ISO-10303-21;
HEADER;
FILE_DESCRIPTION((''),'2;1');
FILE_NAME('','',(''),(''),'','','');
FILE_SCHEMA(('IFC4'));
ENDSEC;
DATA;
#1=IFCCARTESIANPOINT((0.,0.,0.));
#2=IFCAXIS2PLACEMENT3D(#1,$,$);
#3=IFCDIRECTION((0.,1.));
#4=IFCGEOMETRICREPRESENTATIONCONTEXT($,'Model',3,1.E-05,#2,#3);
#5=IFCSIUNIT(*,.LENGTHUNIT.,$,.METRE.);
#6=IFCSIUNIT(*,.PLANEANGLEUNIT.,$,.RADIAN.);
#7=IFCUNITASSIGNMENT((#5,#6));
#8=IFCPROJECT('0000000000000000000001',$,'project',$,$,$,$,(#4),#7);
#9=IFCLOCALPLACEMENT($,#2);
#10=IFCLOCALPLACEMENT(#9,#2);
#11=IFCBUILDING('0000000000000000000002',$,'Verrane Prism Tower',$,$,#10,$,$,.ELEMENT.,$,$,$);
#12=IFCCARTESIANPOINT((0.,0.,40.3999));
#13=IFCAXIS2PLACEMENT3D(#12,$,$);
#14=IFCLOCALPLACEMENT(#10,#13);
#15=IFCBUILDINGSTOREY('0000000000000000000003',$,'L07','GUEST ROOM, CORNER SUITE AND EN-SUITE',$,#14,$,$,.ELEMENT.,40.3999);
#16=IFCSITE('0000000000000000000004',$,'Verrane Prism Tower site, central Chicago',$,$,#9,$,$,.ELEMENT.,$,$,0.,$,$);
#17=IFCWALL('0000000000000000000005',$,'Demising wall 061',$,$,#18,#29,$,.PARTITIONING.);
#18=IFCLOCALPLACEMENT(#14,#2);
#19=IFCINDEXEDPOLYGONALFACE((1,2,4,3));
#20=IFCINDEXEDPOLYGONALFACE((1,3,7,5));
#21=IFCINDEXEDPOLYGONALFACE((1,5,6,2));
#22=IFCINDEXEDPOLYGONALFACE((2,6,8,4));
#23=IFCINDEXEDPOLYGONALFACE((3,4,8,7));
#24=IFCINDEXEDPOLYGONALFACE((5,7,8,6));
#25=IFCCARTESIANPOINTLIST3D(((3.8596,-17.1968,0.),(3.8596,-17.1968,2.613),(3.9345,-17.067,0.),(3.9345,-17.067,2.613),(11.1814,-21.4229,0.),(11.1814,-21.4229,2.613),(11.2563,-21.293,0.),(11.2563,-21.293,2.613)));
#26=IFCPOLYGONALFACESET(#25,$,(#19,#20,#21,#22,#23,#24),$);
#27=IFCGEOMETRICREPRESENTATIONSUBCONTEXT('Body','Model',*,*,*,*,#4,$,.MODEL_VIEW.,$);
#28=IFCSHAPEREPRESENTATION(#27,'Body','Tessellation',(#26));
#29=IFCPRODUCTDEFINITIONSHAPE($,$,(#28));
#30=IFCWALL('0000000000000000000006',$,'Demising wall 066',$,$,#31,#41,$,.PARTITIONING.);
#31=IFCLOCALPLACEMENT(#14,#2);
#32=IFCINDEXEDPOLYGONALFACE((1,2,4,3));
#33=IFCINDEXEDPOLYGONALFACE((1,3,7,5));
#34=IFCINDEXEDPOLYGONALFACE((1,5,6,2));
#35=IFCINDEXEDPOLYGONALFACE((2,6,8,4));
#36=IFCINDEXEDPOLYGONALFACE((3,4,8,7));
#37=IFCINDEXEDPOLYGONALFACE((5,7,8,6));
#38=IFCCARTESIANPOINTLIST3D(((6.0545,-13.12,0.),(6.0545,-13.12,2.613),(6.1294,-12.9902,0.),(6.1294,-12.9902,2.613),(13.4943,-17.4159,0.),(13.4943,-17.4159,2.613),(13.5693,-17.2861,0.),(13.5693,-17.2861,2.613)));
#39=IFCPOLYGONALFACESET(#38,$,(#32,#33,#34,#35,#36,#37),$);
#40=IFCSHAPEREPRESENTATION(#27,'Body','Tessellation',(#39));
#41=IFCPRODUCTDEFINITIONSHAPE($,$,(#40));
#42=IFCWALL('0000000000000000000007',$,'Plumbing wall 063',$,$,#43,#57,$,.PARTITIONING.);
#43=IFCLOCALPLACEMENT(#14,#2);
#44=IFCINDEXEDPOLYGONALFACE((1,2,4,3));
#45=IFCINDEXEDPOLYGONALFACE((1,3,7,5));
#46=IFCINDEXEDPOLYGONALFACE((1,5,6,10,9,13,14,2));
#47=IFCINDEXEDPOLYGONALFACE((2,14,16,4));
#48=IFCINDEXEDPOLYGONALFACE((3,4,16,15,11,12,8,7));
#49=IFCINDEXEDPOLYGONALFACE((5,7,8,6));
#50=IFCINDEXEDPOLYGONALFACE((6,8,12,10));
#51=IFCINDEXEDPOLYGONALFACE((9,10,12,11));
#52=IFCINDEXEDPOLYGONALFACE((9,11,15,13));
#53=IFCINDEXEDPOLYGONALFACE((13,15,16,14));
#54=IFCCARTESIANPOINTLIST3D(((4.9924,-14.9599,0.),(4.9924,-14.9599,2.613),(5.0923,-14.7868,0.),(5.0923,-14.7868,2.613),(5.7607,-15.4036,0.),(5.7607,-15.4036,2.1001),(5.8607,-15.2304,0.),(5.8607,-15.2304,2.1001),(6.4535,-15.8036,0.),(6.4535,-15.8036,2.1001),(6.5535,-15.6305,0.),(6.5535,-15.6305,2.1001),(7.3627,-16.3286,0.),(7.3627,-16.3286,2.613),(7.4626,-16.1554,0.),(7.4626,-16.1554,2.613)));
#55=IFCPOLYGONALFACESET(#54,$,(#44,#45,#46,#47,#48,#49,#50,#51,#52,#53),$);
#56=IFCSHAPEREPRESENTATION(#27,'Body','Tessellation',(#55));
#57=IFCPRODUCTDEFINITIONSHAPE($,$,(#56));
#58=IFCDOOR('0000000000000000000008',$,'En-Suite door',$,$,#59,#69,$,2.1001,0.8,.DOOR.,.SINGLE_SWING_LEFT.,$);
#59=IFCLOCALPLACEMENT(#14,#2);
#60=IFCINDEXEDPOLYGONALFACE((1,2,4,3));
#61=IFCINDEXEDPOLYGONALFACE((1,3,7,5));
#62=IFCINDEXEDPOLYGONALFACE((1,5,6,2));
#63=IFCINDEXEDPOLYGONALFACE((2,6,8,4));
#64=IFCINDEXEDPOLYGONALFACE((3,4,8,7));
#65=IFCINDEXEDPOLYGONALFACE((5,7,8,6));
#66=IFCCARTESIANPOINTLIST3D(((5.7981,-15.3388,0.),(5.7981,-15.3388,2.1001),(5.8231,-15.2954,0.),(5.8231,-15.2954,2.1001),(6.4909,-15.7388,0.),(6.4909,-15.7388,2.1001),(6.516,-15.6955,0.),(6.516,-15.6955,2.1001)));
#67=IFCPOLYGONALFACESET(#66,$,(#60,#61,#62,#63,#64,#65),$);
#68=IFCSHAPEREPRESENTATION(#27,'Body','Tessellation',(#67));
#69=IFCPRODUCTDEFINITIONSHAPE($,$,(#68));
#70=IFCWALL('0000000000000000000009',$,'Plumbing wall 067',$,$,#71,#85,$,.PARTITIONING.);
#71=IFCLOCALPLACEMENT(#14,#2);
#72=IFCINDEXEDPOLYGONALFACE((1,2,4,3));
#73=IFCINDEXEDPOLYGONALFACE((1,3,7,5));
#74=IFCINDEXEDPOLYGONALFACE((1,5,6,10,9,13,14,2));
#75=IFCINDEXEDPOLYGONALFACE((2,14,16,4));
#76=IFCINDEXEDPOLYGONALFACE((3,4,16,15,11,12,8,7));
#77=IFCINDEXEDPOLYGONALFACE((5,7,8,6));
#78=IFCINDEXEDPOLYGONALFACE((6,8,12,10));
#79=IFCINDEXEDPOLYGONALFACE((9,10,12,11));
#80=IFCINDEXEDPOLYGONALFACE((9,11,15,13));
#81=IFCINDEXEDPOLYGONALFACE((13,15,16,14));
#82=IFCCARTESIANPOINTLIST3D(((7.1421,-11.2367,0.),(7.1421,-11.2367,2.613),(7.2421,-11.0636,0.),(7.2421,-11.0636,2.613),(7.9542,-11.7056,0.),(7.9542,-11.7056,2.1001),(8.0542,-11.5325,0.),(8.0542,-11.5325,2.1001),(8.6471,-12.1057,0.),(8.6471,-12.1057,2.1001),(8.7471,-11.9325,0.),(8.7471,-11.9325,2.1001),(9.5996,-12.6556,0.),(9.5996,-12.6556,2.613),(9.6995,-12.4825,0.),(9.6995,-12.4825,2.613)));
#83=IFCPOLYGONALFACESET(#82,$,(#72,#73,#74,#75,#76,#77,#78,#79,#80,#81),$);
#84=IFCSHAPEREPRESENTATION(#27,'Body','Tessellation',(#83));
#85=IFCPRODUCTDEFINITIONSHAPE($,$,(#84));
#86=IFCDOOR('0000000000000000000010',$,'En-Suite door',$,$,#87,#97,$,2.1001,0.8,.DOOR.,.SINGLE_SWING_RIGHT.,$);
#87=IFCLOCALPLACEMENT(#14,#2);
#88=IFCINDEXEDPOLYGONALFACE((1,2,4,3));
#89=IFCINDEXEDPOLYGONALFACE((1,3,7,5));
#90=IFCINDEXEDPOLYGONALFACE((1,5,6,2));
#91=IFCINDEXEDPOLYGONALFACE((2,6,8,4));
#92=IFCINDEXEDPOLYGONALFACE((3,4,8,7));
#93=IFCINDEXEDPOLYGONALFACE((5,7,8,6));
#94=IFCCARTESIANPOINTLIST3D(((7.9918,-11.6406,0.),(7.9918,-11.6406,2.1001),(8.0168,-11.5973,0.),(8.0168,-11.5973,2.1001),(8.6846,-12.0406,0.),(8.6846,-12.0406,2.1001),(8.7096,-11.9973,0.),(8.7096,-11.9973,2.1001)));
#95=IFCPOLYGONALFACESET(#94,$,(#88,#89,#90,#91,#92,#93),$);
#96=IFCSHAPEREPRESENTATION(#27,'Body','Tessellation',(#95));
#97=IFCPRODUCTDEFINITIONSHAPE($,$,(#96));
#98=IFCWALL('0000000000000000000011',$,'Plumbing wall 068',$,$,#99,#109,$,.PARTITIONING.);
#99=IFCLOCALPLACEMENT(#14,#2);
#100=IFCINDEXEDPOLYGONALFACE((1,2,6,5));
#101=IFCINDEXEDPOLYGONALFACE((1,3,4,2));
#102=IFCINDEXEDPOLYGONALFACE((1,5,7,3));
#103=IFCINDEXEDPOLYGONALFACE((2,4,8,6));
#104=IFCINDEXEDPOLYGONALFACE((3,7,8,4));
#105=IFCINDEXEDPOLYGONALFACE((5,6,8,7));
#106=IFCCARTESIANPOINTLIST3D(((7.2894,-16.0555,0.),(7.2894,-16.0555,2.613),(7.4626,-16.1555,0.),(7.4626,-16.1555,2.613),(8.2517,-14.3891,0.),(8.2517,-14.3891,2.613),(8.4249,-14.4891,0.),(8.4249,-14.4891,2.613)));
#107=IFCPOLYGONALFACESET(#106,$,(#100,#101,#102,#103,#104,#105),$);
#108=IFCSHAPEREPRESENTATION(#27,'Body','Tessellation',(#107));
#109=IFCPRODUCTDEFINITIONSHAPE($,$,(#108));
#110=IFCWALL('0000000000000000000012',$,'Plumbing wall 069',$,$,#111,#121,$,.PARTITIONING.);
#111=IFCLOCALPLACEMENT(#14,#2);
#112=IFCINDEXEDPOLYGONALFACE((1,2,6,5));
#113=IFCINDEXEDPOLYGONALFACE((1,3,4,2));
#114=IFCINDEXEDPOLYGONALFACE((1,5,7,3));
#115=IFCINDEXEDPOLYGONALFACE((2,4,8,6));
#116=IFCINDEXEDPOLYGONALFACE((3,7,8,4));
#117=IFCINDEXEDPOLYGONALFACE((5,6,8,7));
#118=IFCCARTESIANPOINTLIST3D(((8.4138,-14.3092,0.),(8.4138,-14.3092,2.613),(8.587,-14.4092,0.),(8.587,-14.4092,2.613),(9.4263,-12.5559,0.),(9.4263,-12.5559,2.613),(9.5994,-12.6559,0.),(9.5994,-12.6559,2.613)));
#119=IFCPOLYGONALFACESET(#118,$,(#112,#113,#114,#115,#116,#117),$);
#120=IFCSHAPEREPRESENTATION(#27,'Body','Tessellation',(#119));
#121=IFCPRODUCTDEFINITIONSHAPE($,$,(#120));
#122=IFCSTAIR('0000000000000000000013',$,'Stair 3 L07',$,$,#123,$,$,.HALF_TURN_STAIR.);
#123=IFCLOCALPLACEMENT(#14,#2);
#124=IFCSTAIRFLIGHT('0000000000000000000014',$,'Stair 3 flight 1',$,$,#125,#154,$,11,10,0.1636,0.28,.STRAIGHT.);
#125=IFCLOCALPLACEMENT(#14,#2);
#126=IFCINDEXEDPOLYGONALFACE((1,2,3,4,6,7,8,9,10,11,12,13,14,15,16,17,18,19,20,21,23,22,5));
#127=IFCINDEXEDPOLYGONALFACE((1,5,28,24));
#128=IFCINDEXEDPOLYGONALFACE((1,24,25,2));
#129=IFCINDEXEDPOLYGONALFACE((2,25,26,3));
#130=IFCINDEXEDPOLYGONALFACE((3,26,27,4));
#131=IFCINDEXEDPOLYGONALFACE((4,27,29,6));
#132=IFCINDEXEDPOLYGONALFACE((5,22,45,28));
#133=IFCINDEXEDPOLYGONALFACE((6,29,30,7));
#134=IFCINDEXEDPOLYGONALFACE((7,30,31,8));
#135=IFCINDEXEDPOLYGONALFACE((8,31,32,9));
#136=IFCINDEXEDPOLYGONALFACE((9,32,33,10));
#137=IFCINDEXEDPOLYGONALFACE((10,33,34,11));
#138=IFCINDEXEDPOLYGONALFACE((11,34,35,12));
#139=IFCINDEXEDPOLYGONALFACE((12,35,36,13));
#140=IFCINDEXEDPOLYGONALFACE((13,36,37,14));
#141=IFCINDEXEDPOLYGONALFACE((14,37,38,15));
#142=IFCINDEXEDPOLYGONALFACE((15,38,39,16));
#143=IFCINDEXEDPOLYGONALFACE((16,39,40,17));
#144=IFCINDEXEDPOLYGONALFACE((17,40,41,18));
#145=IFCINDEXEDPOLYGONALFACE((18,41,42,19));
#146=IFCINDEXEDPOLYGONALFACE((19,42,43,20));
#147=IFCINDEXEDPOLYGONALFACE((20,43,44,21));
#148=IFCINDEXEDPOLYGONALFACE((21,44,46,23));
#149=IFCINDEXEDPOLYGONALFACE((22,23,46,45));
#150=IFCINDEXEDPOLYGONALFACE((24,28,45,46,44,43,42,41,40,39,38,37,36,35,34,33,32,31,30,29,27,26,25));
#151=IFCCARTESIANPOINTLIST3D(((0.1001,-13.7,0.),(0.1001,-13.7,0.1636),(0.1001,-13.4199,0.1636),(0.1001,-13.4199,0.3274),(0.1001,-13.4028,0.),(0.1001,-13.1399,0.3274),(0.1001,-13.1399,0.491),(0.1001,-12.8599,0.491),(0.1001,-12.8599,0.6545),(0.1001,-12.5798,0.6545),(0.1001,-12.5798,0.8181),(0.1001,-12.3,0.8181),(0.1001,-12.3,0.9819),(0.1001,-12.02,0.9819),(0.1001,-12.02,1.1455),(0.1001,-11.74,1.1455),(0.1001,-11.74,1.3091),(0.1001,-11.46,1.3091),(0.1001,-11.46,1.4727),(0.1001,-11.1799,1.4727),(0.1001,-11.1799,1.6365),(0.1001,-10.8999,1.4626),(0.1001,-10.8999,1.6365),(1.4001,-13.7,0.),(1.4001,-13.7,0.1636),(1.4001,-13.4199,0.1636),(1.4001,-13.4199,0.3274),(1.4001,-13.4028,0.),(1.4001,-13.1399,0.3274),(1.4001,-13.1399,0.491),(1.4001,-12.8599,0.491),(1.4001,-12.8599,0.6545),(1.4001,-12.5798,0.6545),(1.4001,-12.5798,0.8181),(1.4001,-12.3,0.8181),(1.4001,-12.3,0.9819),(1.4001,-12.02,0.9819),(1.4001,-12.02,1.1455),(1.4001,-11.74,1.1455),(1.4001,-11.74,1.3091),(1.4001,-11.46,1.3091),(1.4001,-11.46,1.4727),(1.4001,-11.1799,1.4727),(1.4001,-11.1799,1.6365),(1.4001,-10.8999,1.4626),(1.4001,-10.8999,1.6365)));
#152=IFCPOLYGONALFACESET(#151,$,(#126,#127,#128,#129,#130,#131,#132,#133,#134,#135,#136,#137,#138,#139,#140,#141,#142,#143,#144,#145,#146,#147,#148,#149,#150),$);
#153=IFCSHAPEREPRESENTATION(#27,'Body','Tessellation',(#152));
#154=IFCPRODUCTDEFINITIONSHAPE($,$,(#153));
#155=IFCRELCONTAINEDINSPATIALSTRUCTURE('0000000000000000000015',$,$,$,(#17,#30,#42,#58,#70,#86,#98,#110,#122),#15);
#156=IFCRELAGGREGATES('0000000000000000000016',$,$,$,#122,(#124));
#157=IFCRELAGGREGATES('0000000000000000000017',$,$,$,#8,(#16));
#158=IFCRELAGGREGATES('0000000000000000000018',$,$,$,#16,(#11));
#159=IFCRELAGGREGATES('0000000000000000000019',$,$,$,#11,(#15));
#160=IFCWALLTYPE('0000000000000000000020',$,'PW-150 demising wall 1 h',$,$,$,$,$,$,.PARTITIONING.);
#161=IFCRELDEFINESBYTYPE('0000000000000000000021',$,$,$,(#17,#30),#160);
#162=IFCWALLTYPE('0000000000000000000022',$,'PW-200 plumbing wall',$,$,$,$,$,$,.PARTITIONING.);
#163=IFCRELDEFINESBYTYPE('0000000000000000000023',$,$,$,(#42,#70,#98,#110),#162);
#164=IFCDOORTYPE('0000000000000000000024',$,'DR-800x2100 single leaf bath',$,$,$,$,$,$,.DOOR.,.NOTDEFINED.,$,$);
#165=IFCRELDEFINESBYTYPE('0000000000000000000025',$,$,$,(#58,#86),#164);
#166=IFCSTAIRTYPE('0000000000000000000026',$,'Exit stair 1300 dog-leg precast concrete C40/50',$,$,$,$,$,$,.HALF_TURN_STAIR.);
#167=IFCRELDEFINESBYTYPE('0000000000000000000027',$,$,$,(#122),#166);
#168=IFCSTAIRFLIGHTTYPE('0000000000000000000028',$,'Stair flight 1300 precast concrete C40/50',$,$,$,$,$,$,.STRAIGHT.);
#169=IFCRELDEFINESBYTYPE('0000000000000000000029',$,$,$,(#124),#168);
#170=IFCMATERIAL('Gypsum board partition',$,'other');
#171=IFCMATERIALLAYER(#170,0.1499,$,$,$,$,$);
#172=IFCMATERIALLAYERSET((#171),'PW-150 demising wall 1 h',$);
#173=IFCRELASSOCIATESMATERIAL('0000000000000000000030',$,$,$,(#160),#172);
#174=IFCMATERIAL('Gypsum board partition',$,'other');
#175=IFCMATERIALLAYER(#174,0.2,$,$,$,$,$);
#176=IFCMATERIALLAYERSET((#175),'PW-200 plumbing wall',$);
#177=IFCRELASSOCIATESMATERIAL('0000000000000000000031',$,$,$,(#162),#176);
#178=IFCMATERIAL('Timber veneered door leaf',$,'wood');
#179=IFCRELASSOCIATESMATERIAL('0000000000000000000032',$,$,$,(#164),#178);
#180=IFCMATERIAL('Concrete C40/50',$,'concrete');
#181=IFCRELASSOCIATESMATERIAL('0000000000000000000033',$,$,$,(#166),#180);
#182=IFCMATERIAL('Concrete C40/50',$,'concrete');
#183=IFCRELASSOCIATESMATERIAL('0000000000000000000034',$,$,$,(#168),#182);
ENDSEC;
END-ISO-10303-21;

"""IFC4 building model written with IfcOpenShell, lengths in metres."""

from ifc_helpers import new_model, si_unit, direction, frame, frame_2d, origin, place, context, subcontext, project, spatial, polyline, rectangle, outline, extrude, material, layer, layer_set, type_object, element, fill, aggregate, save


model = new_model("IFC4")

# Units and contexts
model_context = context("Model", 3, precision=1e-05, world=origin(), true_north=direction((0.0, 1.0)))
body_context = subcontext(model_context, "Body", "Model", "MODEL_VIEW")
ifc_project = project(units=[si_unit("LENGTHUNIT", "METRE"), si_unit("PLANEANGLEUNIT", "RADIAN")], contexts=[model_context])

# Site, building, storey
site_placement = place(None, origin())
site = spatial("IfcSite", under=ifc_project, at=site_placement, Name="Verrane Prism Tower site, central Chicago", CompositionType="ELEMENT", RefElevation=0.0)
building_placement = place(site_placement, origin())
building = spatial("IfcBuilding", under=site, at=building_placement, Name="Verrane Prism Tower", CompositionType="ELEMENT")
storey_placement = place(building_placement, frame((0.0, 0.0, 40.3999)))
storey = spatial("IfcBuildingStorey", under=building, at=storey_placement, Name="L07", Description="GUEST ROOM, CORNER SUITE AND EN-SUITE", CompositionType="ELEMENT", Elevation=40.3999)

# Walls
ifc_material_1 = material(Name="Gypsum board partition", Category="other")
ifc_layer_1 = layer(ifc_material_1, 0.1499)
ifc_layer_set_1 = layer_set([ifc_layer_1], Name="PW-150 demising wall 1 h")
wall_type_1 = type_object("IfcWallType", Name="PW-150 demising wall 1 h", PredefinedType="PARTITIONING", material=ifc_layer_set_1)
wall_1_placement = place(storey_placement, frame((3.897, -17.1318, 0.0), z_axis=(0.0, 0.0, 1.0), x_axis=(0.866085, -0.499897, 0.0)))
element("IfcWall", 1, at=wall_1_placement, inside=storey, type_object=wall_type_1, Name="Demising wall 061", PredefinedType="PARTITIONING", context=body_context, shape_type="SweptSolid", body=[
    extrude(rectangle(XDim=8.4539, YDim=0.1499, at=frame_2d((4.2271, 0.0))), origin(), (0.0, 0.0, 1.0), 2.613),
])
wall_2_placement = place(storey_placement, frame((6.092, -13.0552, 0.0), z_axis=(0.0, 0.0, 1.0), x_axis=(0.866003, -0.500039, 0.0)))
element("IfcWall", 2, at=wall_2_placement, inside=storey, type_object=wall_type_1, Name="Demising wall 066", PredefinedType="PARTITIONING", context=body_context, shape_type="SweptSolid", body=[
    extrude(rectangle(XDim=8.5911, YDim=0.1499, at=frame_2d((4.2954, 0.0))), origin(), (0.0, 0.0, 1.0), 2.613),
])

# Walls, openings, doors
ifc_material_2 = material(Name="Gypsum board partition", Category="other")
ifc_layer_2 = layer(ifc_material_2, 0.2)
ifc_layer_set_2 = layer_set([ifc_layer_2], Name="PW-200 plumbing wall")
wall_type_2 = type_object("IfcWallType", Name="PW-200 plumbing wall", PredefinedType="PARTITIONING", material=ifc_layer_set_2)
wall_3_placement = place(storey_placement, frame((5.0422, -14.8733, 0.0), z_axis=(0.0, 0.0, 1.0), x_axis=(0.866006, -0.500034, 0.0)))
wall_3 = element("IfcWall", 3, at=wall_3_placement, inside=storey, type_object=wall_type_2, Name="Plumbing wall 063", PredefinedType="PARTITIONING", context=body_context, shape_type="SweptSolid", body=[
    extrude(rectangle(XDim=2.7371, YDim=0.2, at=frame_2d((1.3687, 0.0))), origin(), (0.0, 0.0, 1.0), 2.613),
])
opening_1_placement = place(wall_3_placement, frame((0.8875, 0.0, 0.0)))
opening_1 = element("IfcOpeningElement", 4, at=opening_1_placement, cuts=wall_3, PredefinedType="OPENING", context=body_context, shape_type="SweptSolid", body=[
    extrude(rectangle(XDim=0.8, YDim=2.1001, at=frame_2d((0.3999, 1.05))), frame((0.0, 0.1099, 0.0), z_axis=(0.0, -1.0, 0.0), x_axis=(1.0, 0.0, 0.0)), (0.0, 0.0, 1.0), 0.22),
])
ifc_material_3 = material(Name="Timber veneered door leaf", Category="wood")
door_type_1 = type_object("IfcDoorType", Name="DR-800x2100 single leaf bath", OperationType="NOTDEFINED", PredefinedType="DOOR", material=ifc_material_3)
door_1_placement = place(opening_1_placement, origin())
door_1 = element("IfcDoor", 5, at=door_1_placement, inside=storey, type_object=door_type_1, Name="En-Suite door", OperationType="SINGLE_SWING_LEFT", OverallHeight=2.1001, OverallWidth=0.8, PredefinedType="DOOR", context=body_context, shape_type="SweptSolid", body=[
    extrude(rectangle(XDim=0.8, YDim=2.1001, at=frame_2d((0.3999, 1.05))), frame((0.0, 0.0249, 0.0), z_axis=(0.0, -1.0, 0.0), x_axis=(1.0, 0.0, 0.0)), (0.0, 0.0, 1.0), 0.05),
])
fill(opening_1, door_1)
wall_4_placement = place(storey_placement, frame((9.6497, -12.5691, 0.0), z_axis=(0.0, 0.0, 1.0), x_axis=(-0.866011, 0.500025, 0.0)))
wall_4 = element("IfcWall", 6, at=wall_4_placement, inside=storey, type_object=wall_type_2, Name="Plumbing wall 067", PredefinedType="PARTITIONING", context=body_context, shape_type="SweptSolid", body=[
    extrude(rectangle(XDim=2.8376, YDim=0.2, at=frame_2d((1.4189, 0.0))), origin(), (0.0, 0.0, 1.0), 2.613),
])
opening_2_placement = place(wall_4_placement, frame((1.1001, 0.0, 0.0)))
opening_2 = element("IfcOpeningElement", 7, at=opening_2_placement, cuts=wall_4, PredefinedType="OPENING", context=body_context, shape_type="SweptSolid", body=[
    extrude(rectangle(XDim=0.8, YDim=2.1001, at=frame_2d((0.3999, 1.05))), frame((0.0, 0.1099, 0.0), z_axis=(0.0, -1.0, 0.0), x_axis=(1.0, 0.0, 0.0)), (0.0, 0.0, 1.0), 0.22),
])
door_2_placement = place(opening_2_placement, origin())
door_2 = element("IfcDoor", 8, at=door_2_placement, inside=storey, type_object=door_type_1, Name="En-Suite door", OperationType="SINGLE_SWING_RIGHT", OverallHeight=2.1001, OverallWidth=0.8, PredefinedType="DOOR", context=body_context, shape_type="SweptSolid", body=[
    extrude(rectangle(XDim=0.8, YDim=2.1001, at=frame_2d((0.3999, 1.05))), frame((0.0, 0.0249, 0.0), z_axis=(0.0, -1.0, 0.0), x_axis=(1.0, 0.0, 0.0)), (0.0, 0.0, 1.0), 0.05),
])
fill(opening_2, door_2)

# Walls
wall_5_placement = place(storey_placement, frame((7.376, -16.1055, 0.0), z_axis=(0.0, 0.0, 1.0), x_axis=(0.500096, 0.86597, 0.0)))
element("IfcWall", 9, at=wall_5_placement, inside=storey, type_object=wall_type_2, Name="Plumbing wall 068", PredefinedType="PARTITIONING", context=body_context, shape_type="SweptSolid", body=[
    extrude(rectangle(XDim=1.9243, YDim=0.2, at=frame_2d((0.9622, 0.0))), origin(), (0.0, 0.0, 1.0), 2.613),
])
wall_6_placement = place(storey_placement, frame((8.5005, -14.3591, 0.0), z_axis=(0.0, 0.0, 1.0), x_axis=(0.500043, 0.866001, 0.0)))
element("IfcWall", 10, at=wall_6_placement, inside=storey, type_object=wall_type_2, Name="Plumbing wall 069", PredefinedType="PARTITIONING", context=body_context, shape_type="SweptSolid", body=[
    extrude(rectangle(XDim=2.0247, YDim=0.2, at=frame_2d((1.0122, 0.0))), origin(), (0.0, 0.0, 1.0), 2.613),
])

# Stair, stair flight
ifc_material_4 = material(Name="Concrete C40/50", Category="concrete")
stair_type = type_object("IfcStairType", Name="Exit stair 1300 dog-leg precast concrete C40/50", PredefinedType="HALF_TURN_STAIR", material=ifc_material_4)
stair_placement = place(storey_placement, origin())
stair = element("IfcStair", 11, at=stair_placement, inside=storey, type_object=stair_type, Name="Stair 3 L07", PredefinedType="HALF_TURN_STAIR")
ifc_material_5 = material(Name="Concrete C40/50", Category="concrete")
stair_flight_type = type_object("IfcStairFlightType", Name="Stair flight 1300 precast concrete C40/50", PredefinedType="STRAIGHT", material=ifc_material_5)
stair_flight_placement = place(storey_placement, frame((0.75, -13.7, 0.0), z_axis=(0.0, 0.0, 1.0), x_axis=(0.0, 1.0, 0.0)))
stair_flight = element("IfcStairFlight", 12, at=stair_flight_placement, type_object=stair_flight_type, Name="Stair 3 flight 1", NumberOfRisers=11, NumberOfTreads=10, PredefinedType="STRAIGHT", RiserHeight=0.1636, TreadLength=0.28, context=body_context, shape_type="SweptSolid", body=[
    extrude(outline(polyline([(0.0, 0.0), (0.0, 0.1636), (0.28, 0.1636), (0.28, 0.3274), (0.5601, 0.3274), (0.5601, 0.491), (0.8401, 0.491), (0.8401, 0.6545), (1.1201, 0.6545), (1.1201, 0.8181), (1.3999, 0.8181), (1.3999, 0.9819), (1.6799, 0.9819), (1.6799, 1.1455), (1.96, 1.1455), (1.96, 1.3091), (2.24, 1.3091), (2.24, 1.4727), (2.52, 1.4727), (2.52, 1.6365), (2.8, 1.6365), (2.8, 1.8), (2.8, 1.4626), (0.2971, 0.0), (0.0, 0.0)])), frame((0.0, 0.6499, 0.0), z_axis=(0.0, -1.0, 0.0), x_axis=(1.0, 0.0, 0.0)), (0.0, 0.0, 1.0), 1.3),
])
aggregate(stair, [stair_flight])

save(model, "model.ifc")
